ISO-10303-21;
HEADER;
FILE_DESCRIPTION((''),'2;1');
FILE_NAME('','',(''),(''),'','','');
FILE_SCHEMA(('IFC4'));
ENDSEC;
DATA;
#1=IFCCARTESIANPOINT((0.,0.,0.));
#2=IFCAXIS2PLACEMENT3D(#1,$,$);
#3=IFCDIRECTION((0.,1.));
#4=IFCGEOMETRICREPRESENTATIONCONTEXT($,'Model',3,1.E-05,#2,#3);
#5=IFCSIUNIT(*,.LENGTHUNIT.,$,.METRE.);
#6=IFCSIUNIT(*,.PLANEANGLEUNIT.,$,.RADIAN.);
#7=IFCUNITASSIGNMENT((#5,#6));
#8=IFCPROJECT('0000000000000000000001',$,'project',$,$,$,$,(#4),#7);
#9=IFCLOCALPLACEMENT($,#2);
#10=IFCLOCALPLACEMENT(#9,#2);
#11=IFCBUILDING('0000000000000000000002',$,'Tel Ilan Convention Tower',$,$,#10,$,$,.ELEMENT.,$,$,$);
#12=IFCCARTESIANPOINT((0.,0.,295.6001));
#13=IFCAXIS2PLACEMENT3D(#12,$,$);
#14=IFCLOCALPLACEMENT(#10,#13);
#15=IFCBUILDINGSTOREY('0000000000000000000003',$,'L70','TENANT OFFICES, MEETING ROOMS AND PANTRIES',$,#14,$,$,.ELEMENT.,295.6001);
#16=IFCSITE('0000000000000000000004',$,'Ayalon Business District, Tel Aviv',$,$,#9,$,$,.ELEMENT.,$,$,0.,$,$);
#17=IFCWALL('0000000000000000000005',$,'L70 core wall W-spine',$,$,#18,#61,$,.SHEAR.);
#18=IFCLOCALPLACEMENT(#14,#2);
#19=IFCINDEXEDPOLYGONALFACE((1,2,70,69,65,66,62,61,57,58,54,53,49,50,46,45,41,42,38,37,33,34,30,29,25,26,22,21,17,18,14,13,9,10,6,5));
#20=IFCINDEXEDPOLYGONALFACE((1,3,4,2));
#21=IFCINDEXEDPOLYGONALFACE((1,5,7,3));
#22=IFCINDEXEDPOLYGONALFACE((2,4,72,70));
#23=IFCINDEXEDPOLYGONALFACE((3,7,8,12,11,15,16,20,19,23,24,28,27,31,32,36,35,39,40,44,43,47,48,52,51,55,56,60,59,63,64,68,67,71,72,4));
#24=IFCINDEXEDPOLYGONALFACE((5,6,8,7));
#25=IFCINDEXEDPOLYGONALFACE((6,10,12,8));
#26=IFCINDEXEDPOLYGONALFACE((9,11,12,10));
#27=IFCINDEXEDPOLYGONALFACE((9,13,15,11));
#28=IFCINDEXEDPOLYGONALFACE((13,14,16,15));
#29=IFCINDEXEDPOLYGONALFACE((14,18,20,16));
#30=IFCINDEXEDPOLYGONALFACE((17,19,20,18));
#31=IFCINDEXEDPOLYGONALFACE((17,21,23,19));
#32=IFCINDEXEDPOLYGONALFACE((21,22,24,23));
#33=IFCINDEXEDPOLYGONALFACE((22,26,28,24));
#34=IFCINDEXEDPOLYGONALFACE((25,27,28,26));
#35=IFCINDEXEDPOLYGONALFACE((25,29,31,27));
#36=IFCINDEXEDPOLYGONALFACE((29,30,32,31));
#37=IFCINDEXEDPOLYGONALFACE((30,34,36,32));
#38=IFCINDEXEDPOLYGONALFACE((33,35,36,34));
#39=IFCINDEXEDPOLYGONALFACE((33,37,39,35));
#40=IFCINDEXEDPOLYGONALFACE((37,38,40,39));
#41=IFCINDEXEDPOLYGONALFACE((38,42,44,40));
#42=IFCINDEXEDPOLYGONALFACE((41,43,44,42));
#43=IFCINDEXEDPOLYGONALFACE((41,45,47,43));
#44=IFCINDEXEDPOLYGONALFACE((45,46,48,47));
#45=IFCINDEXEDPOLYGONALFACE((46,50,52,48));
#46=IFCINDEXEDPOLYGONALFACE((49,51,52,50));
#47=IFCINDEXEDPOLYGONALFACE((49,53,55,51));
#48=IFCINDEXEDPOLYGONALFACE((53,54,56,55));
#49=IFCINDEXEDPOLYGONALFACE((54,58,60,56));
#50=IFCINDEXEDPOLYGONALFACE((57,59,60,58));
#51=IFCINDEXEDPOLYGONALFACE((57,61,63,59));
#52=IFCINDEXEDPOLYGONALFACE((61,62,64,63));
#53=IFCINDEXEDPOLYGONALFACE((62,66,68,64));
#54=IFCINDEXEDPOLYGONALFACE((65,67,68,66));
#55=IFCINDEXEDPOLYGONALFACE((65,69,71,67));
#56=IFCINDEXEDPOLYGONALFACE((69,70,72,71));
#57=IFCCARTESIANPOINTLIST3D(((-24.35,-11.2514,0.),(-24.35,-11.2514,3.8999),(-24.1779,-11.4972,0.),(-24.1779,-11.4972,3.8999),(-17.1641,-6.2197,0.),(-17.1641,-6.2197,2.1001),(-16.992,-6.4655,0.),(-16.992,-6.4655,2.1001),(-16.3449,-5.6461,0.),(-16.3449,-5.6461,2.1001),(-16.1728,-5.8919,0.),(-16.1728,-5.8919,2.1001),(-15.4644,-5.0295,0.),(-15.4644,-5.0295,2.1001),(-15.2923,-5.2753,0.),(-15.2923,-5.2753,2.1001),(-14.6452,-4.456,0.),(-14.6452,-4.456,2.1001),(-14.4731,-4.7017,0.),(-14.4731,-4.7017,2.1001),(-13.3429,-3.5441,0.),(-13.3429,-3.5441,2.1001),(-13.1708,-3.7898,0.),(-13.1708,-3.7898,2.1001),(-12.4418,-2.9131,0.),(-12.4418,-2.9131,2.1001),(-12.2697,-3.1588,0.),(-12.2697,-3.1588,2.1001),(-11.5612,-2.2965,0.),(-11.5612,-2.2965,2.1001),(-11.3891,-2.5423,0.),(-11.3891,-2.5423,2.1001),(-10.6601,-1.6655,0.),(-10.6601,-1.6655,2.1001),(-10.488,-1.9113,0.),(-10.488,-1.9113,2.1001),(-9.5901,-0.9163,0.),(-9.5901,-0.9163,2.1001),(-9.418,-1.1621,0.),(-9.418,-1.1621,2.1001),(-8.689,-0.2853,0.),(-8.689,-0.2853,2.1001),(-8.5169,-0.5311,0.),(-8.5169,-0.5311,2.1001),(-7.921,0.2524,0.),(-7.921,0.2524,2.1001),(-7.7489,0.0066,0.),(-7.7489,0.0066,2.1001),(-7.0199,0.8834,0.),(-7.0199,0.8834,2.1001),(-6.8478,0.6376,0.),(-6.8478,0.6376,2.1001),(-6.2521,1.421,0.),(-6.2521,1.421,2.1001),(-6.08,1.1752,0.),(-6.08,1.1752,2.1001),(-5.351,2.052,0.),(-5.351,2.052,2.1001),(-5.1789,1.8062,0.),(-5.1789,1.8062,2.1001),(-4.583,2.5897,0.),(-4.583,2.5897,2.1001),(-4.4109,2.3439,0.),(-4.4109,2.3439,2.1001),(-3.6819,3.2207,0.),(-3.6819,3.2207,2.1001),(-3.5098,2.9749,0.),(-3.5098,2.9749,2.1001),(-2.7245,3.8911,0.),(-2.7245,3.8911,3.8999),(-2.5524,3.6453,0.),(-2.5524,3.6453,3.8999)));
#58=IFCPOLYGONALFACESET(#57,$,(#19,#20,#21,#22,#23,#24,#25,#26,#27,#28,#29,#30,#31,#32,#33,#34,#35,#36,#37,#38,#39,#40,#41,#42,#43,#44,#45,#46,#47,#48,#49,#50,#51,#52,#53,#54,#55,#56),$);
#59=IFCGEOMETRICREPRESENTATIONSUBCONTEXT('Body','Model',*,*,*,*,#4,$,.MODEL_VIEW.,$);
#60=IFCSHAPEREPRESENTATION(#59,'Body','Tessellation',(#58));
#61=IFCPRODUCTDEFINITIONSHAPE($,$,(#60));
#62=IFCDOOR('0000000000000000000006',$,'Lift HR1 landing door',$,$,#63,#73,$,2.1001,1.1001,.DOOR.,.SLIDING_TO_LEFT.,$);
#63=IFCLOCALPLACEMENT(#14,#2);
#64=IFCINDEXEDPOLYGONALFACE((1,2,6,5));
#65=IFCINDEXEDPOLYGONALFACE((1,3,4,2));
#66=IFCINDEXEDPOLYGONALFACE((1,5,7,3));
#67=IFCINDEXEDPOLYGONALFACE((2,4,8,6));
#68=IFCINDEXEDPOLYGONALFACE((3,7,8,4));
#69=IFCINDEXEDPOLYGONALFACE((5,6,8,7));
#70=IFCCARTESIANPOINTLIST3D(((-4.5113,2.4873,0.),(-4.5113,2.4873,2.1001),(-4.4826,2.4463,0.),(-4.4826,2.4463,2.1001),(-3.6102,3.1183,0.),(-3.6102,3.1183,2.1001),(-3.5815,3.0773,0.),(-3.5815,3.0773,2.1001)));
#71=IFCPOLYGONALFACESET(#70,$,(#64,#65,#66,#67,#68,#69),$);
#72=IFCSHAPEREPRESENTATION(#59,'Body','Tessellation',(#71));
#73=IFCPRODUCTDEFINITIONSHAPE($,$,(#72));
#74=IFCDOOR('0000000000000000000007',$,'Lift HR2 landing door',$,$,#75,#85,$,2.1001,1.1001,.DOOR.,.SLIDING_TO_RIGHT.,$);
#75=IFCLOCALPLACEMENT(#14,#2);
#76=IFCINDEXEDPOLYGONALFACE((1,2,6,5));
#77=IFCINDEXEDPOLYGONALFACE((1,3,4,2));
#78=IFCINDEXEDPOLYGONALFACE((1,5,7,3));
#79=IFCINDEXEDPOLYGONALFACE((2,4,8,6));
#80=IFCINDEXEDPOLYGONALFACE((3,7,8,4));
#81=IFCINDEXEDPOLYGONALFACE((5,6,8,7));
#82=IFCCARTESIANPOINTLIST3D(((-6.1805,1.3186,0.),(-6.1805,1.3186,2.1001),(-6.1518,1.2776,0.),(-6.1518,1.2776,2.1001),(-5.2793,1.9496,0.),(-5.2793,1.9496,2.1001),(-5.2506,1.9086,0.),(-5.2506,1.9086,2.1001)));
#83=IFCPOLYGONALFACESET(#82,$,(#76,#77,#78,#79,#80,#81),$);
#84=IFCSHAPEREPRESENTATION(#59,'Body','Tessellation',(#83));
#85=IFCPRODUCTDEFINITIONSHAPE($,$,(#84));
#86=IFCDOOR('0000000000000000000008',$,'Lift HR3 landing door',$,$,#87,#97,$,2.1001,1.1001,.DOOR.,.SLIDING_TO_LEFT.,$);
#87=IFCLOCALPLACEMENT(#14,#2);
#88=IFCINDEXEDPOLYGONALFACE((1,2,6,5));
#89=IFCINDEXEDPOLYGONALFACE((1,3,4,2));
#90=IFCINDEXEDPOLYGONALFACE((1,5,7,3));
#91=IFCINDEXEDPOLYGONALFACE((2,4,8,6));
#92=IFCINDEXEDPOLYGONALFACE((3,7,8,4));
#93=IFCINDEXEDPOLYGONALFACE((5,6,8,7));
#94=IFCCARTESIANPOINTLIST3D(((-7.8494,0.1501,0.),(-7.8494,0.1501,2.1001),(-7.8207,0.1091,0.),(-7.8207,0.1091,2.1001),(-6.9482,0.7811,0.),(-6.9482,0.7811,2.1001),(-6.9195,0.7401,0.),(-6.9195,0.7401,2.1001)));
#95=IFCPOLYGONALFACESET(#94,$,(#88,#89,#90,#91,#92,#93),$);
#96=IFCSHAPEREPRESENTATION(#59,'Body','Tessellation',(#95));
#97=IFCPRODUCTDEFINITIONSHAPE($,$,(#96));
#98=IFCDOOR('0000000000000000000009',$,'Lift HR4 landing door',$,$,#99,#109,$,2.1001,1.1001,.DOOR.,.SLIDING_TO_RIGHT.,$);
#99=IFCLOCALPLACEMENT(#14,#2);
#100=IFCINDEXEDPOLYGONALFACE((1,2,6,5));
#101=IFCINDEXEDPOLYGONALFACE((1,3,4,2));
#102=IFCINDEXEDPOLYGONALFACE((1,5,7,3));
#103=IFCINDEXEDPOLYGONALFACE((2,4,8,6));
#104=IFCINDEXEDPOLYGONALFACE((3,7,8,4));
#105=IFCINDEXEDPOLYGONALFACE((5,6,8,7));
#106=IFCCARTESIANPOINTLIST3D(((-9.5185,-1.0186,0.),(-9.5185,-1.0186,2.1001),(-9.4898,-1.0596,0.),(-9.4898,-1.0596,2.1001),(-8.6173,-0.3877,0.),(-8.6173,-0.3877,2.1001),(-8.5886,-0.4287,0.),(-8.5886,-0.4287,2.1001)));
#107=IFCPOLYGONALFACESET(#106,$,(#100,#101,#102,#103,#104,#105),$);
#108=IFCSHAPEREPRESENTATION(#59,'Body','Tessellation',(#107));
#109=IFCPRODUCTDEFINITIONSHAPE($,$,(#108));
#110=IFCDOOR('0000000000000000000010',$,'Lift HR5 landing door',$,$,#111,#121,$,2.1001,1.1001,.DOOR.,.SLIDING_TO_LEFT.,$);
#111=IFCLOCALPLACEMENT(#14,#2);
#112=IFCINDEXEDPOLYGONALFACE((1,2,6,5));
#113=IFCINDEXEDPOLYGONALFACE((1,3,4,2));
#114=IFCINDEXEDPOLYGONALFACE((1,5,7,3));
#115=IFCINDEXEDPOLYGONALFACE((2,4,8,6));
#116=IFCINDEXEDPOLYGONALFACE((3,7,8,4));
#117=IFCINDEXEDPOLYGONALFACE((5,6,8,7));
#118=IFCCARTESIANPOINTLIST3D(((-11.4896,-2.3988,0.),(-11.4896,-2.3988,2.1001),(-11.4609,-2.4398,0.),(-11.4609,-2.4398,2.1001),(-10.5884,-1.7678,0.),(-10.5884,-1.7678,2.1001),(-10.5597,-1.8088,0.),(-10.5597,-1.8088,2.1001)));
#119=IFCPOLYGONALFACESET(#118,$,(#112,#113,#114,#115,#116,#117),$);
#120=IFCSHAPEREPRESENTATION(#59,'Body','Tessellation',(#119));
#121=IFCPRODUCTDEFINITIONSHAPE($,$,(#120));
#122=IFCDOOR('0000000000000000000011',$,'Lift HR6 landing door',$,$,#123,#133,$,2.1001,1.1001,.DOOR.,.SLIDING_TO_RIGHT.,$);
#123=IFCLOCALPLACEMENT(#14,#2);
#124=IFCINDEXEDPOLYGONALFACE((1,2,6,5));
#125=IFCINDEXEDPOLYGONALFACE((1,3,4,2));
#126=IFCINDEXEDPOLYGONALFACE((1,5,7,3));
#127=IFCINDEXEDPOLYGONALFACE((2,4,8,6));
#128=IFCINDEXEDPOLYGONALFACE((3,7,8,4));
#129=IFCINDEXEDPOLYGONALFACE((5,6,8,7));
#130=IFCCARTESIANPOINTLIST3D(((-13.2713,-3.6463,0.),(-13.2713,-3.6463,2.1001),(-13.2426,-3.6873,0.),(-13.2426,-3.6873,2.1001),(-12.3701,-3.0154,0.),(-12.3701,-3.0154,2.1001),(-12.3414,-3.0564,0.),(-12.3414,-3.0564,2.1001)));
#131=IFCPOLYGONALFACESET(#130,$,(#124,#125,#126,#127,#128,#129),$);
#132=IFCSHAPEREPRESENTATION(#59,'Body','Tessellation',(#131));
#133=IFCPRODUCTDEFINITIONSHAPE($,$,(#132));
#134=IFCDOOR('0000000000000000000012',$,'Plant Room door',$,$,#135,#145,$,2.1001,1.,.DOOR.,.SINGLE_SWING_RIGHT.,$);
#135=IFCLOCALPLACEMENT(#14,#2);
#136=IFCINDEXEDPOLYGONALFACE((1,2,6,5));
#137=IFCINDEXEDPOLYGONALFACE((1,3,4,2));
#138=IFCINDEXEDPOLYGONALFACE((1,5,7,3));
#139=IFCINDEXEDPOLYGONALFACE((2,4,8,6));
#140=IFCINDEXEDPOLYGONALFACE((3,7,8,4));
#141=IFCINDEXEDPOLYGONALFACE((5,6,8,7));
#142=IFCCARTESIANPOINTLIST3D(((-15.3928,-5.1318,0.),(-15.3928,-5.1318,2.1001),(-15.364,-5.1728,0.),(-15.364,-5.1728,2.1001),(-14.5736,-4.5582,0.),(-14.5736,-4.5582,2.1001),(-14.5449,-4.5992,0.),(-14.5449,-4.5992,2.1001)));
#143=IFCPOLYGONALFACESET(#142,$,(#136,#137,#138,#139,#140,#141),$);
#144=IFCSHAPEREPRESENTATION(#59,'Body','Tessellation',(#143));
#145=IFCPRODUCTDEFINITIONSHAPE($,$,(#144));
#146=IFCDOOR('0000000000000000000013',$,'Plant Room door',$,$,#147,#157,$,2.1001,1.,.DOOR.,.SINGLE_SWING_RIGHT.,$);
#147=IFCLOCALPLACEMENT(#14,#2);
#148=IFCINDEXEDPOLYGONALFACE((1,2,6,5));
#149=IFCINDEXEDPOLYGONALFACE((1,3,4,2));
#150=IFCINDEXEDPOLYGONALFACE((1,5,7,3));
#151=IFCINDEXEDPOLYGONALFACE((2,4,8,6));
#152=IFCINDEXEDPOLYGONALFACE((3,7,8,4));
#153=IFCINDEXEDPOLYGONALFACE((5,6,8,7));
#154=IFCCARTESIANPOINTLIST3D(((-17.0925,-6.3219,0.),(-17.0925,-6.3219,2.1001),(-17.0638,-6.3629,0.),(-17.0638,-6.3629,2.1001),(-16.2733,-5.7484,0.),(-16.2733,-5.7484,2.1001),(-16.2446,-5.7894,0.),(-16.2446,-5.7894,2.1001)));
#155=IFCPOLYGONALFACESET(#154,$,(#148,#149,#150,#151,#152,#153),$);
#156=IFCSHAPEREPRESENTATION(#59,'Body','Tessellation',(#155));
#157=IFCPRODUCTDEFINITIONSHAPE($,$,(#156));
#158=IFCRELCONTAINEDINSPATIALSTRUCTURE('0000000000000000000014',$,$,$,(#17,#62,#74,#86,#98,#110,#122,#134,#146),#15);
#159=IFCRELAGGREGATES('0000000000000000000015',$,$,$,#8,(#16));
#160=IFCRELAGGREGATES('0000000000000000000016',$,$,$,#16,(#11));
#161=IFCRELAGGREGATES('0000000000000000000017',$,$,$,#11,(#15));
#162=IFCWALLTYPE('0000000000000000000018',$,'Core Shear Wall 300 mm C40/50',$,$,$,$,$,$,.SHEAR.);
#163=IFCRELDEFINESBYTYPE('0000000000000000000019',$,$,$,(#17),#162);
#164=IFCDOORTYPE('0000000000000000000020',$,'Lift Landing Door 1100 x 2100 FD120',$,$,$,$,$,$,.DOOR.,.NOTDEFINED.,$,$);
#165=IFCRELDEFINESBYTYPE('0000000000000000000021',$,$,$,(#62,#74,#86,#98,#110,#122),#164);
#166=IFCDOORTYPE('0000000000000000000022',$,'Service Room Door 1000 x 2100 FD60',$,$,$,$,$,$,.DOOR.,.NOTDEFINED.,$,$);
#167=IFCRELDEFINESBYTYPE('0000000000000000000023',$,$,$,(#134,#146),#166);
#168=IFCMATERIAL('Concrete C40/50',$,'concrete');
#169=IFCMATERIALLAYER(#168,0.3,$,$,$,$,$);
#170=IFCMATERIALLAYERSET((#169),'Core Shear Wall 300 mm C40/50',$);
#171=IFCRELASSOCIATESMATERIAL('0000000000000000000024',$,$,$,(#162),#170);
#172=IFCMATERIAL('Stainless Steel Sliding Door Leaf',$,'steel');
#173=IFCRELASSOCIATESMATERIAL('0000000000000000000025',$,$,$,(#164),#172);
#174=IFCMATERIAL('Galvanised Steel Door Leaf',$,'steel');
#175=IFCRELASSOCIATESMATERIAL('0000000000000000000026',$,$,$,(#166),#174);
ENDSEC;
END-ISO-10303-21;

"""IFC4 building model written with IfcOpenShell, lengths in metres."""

from ifc_helpers import new_model, si_unit, direction, frame, frame_2d, origin, place, context, subcontext, project, spatial, polyline, rectangle, outline, extrude, material, layer, layer_set, type_object, element, fill, save


model = new_model("IFC4")

# Units and contexts
model_context = context("Model", 3, precision=1e-05, world=origin(), true_north=direction((0.0, 1.0)))
body_context = subcontext(model_context, "Body", "Model", "MODEL_VIEW")
ifc_project = project(units=[si_unit("LENGTHUNIT", "METRE"), si_unit("PLANEANGLEUNIT", "RADIAN")], contexts=[model_context])

# Site, building, storey
site_placement = place(None, origin())
site = spatial("IfcSite", under=ifc_project, at=site_placement, Name="Ayalon Business District, Tel Aviv", CompositionType="ELEMENT", RefElevation=0.0)
building_placement = place(site_placement, origin())
building = spatial("IfcBuilding", under=site, at=building_placement, Name="Tel Ilan Convention Tower", CompositionType="ELEMENT")
storey_placement = place(building_placement, frame((0.0, 0.0, 295.6001)))
storey = spatial("IfcBuildingStorey", under=building, at=storey_placement, Name="L70", Description="TENANT OFFICES, MEETING ROOMS AND PANTRIES", CompositionType="ELEMENT", Elevation=295.6001)

# Wall, openings, doors
ifc_material_1 = material(Name="Concrete C40/50", Category="concrete")
ifc_layer_1 = layer(ifc_material_1, 0.3)
ifc_layer_set_1 = layer_set([ifc_layer_1], Name="Core Shear Wall 300 mm C40/50")
wall_type_1 = type_object("IfcWallType", Name="Core Shear Wall 300 mm C40/50", PredefinedType="SHEAR", material=ifc_layer_set_1)
wall_1_placement = place(storey_placement, frame((-2.6384, 3.7681, 0.0), z_axis=(0.0, 0.0, 1.0), x_axis=(-0.819155, -0.573572, 0.0)))
wall_1 = element("IfcWall", 1, at=wall_1_placement, inside=storey, type_object=wall_type_1, Name="L70 core wall W-spine", PredefinedType="SHEAR", context=body_context, shape_type="SweptSolid", body=[
    extrude(outline(polyline([(26.3999, 0.1501), (0.0, 0.1499), (0.0, -0.1501), (26.3999, -0.1499), (26.3999, 0.1501)])), origin(), (0.0, 0.0, 1.0), 3.8999),
])
opening_1_placement = place(wall_1_placement, frame((1.1687, 0.0, 0.0)))
opening_1 = element("IfcOpeningElement", 2, at=opening_1_placement, cuts=wall_1, PredefinedType="OPENING", context=body_context, shape_type="SweptSolid", body=[
    extrude(rectangle(XDim=1.1001, YDim=2.1001, at=frame_2d((0.55, 1.05))), frame((0.0, 0.1599, 0.0), z_axis=(0.0, -1.0, 0.0), x_axis=(1.0, 0.0, 0.0)), (0.0, 0.0, 1.0), 0.3201),
])
opening_2_placement = place(wall_1_placement, frame((3.2063, 0.0, 0.0)))
opening_2 = element("IfcOpeningElement", 3, at=opening_2_placement, cuts=wall_1, PredefinedType="OPENING", context=body_context, shape_type="SweptSolid", body=[
    extrude(rectangle(XDim=1.1001, YDim=2.1001, at=frame_2d((0.55, 1.05))), frame((0.0, 0.1599, 0.0), z_axis=(0.0, -1.0, 0.0), x_axis=(1.0, 0.0, 0.0)), (0.0, 0.0, 1.0), 0.3201),
])
opening_3_placement = place(wall_1_placement, frame((5.2437, 0.0, 0.0)))
opening_3 = element("IfcOpeningElement", 4, at=opening_3_placement, cuts=wall_1, PredefinedType="OPENING", context=body_context, shape_type="SweptSolid", body=[
    extrude(rectangle(XDim=1.1001, YDim=2.1001, at=frame_2d((0.55, 1.05))), frame((0.0, 0.1599, 0.0), z_axis=(0.0, -1.0, 0.0), x_axis=(1.0, 0.0, 0.0)), (0.0, 0.0, 1.0), 0.3201),
])
opening_4_placement = place(wall_1_placement, frame((7.2812, 0.0, 0.0)))
opening_4 = element("IfcOpeningElement", 5, at=opening_4_placement, cuts=wall_1, PredefinedType="OPENING", context=body_context, shape_type="SweptSolid", body=[
    extrude(rectangle(XDim=1.1001, YDim=2.1001, at=frame_2d((0.55, 1.05))), frame((0.0, 0.1599, 0.0), z_axis=(0.0, -1.0, 0.0), x_axis=(1.0, 0.0, 0.0)), (0.0, 0.0, 1.0), 0.3201),
])
opening_5_placement = place(wall_1_placement, frame((9.6875, 0.0, 0.0)))
opening_5 = element("IfcOpeningElement", 6, at=opening_5_placement, cuts=wall_1, PredefinedType="OPENING", context=body_context, shape_type="SweptSolid", body=[
    extrude(rectangle(XDim=1.1001, YDim=2.1001, at=frame_2d((0.55, 1.05))), frame((0.0, 0.1599, 0.0), z_axis=(0.0, -1.0, 0.0), x_axis=(1.0, 0.0, 0.0)), (0.0, 0.0, 1.0), 0.3201),
])
opening_6_placement = place(wall_1_placement, frame((11.8625, 0.0, 0.0)))
opening_6 = element("IfcOpeningElement", 7, at=opening_6_placement, cuts=wall_1, PredefinedType="OPENING", context=body_context, shape_type="SweptSolid", body=[
    extrude(rectangle(XDim=1.1001, YDim=2.1001, at=frame_2d((0.55, 1.05))), frame((0.0, 0.1599, 0.0), z_axis=(0.0, -1.0, 0.0), x_axis=(1.0, 0.0, 0.0)), (0.0, 0.0, 1.0), 0.3201),
])
opening_7_placement = place(wall_1_placement, frame((14.5525, 0.0, 0.0)))
opening_7 = element("IfcOpeningElement", 8, at=opening_7_placement, cuts=wall_1, PredefinedType="OPENING", context=body_context, shape_type="SweptSolid", body=[
    extrude(rectangle(XDim=1.0, YDim=2.1001, at=frame_2d((0.5, 1.05))), frame((0.0, 0.1599, 0.0), z_axis=(0.0, -1.0, 0.0), x_axis=(1.0, 0.0, 0.0)), (0.0, 0.0, 1.0), 0.3201),
])
opening_8_placement = place(wall_1_placement, frame((16.6274, 0.0, 0.0)))
opening_8 = element("IfcOpeningElement", 9, at=opening_8_placement, cuts=wall_1, PredefinedType="OPENING", context=body_context, shape_type="SweptSolid", body=[
    extrude(rectangle(XDim=1.0, YDim=2.1001, at=frame_2d((0.5, 1.05))), frame((0.0, 0.1599, 0.0), z_axis=(0.0, -1.0, 0.0), x_axis=(1.0, 0.0, 0.0)), (0.0, 0.0, 1.0), 0.3201),
])
ifc_material_2 = material(Name="Stainless Steel Sliding Door Leaf", Category="steel")
door_type_1 = type_object("IfcDoorType", Name="Lift Landing Door 1100 x 2100 FD120", OperationType="NOTDEFINED", PredefinedType="DOOR", material=ifc_material_2)
door_1_placement = place(opening_1_placement, origin())
door_1 = element("IfcDoor", 10, at=door_1_placement, inside=storey, type_object=door_type_1, Name="Lift HR1 landing door", OperationType="SLIDING_TO_LEFT", OverallHeight=2.1001, OverallWidth=1.1001, PredefinedType="DOOR", context=body_context, shape_type="SweptSolid", body=[
    extrude(rectangle(XDim=1.1001, YDim=2.1001, at=frame_2d((0.55, 1.05))), frame((0.0, 0.0249, 0.0), z_axis=(0.0, -1.0, 0.0), x_axis=(1.0, 0.0, 0.0)), (0.0, 0.0, 1.0), 0.05),
])
fill(opening_1, door_1)
door_2_placement = place(opening_2_placement, origin())
door_2 = element("IfcDoor", 11, at=door_2_placement, inside=storey, type_object=door_type_1, Name="Lift HR2 landing door", OperationType="SLIDING_TO_RIGHT", OverallHeight=2.1001, OverallWidth=1.1001, PredefinedType="DOOR", context=body_context, shape_type="SweptSolid", body=[
    extrude(rectangle(XDim=1.1001, YDim=2.1001, at=frame_2d((0.55, 1.05))), frame((0.0, 0.0249, 0.0), z_axis=(0.0, -1.0, 0.0), x_axis=(1.0, 0.0, 0.0)), (0.0, 0.0, 1.0), 0.05),
])
fill(opening_2, door_2)
door_3_placement = place(opening_3_placement, origin())
door_3 = element("IfcDoor", 12, at=door_3_placement, inside=storey, type_object=door_type_1, Name="Lift HR3 landing door", OperationType="SLIDING_TO_LEFT", OverallHeight=2.1001, OverallWidth=1.1001, PredefinedType="DOOR", context=body_context, shape_type="SweptSolid", body=[
    extrude(rectangle(XDim=1.1001, YDim=2.1001, at=frame_2d((0.55, 1.05))), frame((0.0, 0.0249, 0.0), z_axis=(0.0, -1.0, 0.0), x_axis=(1.0, 0.0, 0.0)), (0.0, 0.0, 1.0), 0.05),
])
fill(opening_3, door_3)
door_4_placement = place(opening_4_placement, origin())
door_4 = element("IfcDoor", 13, at=door_4_placement, inside=storey, type_object=door_type_1, Name="Lift HR4 landing door", OperationType="SLIDING_TO_RIGHT", OverallHeight=2.1001, OverallWidth=1.1001, PredefinedType="DOOR", context=body_context, shape_type="SweptSolid", body=[
    extrude(rectangle(XDim=1.1001, YDim=2.1001, at=frame_2d((0.55, 1.05))), frame((0.0, 0.0249, 0.0), z_axis=(0.0, -1.0, 0.0), x_axis=(1.0, 0.0, 0.0)), (0.0, 0.0, 1.0), 0.05),
])
fill(opening_4, door_4)
door_5_placement = place(opening_5_placement, origin())
door_5 = element("IfcDoor", 14, at=door_5_placement, inside=storey, type_object=door_type_1, Name="Lift HR5 landing door", OperationType="SLIDING_TO_LEFT", OverallHeight=2.1001, OverallWidth=1.1001, PredefinedType="DOOR", context=body_context, shape_type="SweptSolid", body=[
    extrude(rectangle(XDim=1.1001, YDim=2.1001, at=frame_2d((0.55, 1.05))), frame((0.0, 0.0249, 0.0), z_axis=(0.0, -1.0, 0.0), x_axis=(1.0, 0.0, 0.0)), (0.0, 0.0, 1.0), 0.05),
])
fill(opening_5, door_5)
door_6_placement = place(opening_6_placement, origin())
door_6 = element("IfcDoor", 15, at=door_6_placement, inside=storey, type_object=door_type_1, Name="Lift HR6 landing door", OperationType="SLIDING_TO_RIGHT", OverallHeight=2.1001, OverallWidth=1.1001, PredefinedType="DOOR", context=body_context, shape_type="SweptSolid", body=[
    extrude(rectangle(XDim=1.1001, YDim=2.1001, at=frame_2d((0.55, 1.05))), frame((0.0, 0.0249, 0.0), z_axis=(0.0, -1.0, 0.0), x_axis=(1.0, 0.0, 0.0)), (0.0, 0.0, 1.0), 0.05),
])
fill(opening_6, door_6)
ifc_material_3 = material(Name="Galvanised Steel Door Leaf", Category="steel")
door_type_2 = type_object("IfcDoorType", Name="Service Room Door 1000 x 2100 FD60", OperationType="NOTDEFINED", PredefinedType="DOOR", material=ifc_material_3)
door_7_placement = place(opening_7_placement, origin())
door_7 = element("IfcDoor", 16, at=door_7_placement, inside=storey, type_object=door_type_2, Name="Plant Room door", OperationType="SINGLE_SWING_RIGHT", OverallHeight=2.1001, OverallWidth=1.0, PredefinedType="DOOR", context=body_context, shape_type="SweptSolid", body=[
    extrude(rectangle(XDim=1.0, YDim=2.1001, at=frame_2d((0.5, 1.05))), frame((0.0, 0.0249, 0.0), z_axis=(0.0, -1.0, 0.0), x_axis=(1.0, 0.0, 0.0)), (0.0, 0.0, 1.0), 0.05),
])
fill(opening_7, door_7)
door_8_placement = place(opening_8_placement, origin())
door_8 = element("IfcDoor", 17, at=door_8_placement, inside=storey, type_object=door_type_2, Name="Plant Room door", OperationType="SINGLE_SWING_RIGHT", OverallHeight=2.1001, OverallWidth=1.0, PredefinedType="DOOR", context=body_context, shape_type="SweptSolid", body=[
    extrude(rectangle(XDim=1.0, YDim=2.1001, at=frame_2d((0.5, 1.05))), frame((0.0, 0.0249, 0.0), z_axis=(0.0, -1.0, 0.0), x_axis=(1.0, 0.0, 0.0)), (0.0, 0.0, 1.0), 0.05),
])
fill(opening_8, door_8)

save(model, "model.ifc")
